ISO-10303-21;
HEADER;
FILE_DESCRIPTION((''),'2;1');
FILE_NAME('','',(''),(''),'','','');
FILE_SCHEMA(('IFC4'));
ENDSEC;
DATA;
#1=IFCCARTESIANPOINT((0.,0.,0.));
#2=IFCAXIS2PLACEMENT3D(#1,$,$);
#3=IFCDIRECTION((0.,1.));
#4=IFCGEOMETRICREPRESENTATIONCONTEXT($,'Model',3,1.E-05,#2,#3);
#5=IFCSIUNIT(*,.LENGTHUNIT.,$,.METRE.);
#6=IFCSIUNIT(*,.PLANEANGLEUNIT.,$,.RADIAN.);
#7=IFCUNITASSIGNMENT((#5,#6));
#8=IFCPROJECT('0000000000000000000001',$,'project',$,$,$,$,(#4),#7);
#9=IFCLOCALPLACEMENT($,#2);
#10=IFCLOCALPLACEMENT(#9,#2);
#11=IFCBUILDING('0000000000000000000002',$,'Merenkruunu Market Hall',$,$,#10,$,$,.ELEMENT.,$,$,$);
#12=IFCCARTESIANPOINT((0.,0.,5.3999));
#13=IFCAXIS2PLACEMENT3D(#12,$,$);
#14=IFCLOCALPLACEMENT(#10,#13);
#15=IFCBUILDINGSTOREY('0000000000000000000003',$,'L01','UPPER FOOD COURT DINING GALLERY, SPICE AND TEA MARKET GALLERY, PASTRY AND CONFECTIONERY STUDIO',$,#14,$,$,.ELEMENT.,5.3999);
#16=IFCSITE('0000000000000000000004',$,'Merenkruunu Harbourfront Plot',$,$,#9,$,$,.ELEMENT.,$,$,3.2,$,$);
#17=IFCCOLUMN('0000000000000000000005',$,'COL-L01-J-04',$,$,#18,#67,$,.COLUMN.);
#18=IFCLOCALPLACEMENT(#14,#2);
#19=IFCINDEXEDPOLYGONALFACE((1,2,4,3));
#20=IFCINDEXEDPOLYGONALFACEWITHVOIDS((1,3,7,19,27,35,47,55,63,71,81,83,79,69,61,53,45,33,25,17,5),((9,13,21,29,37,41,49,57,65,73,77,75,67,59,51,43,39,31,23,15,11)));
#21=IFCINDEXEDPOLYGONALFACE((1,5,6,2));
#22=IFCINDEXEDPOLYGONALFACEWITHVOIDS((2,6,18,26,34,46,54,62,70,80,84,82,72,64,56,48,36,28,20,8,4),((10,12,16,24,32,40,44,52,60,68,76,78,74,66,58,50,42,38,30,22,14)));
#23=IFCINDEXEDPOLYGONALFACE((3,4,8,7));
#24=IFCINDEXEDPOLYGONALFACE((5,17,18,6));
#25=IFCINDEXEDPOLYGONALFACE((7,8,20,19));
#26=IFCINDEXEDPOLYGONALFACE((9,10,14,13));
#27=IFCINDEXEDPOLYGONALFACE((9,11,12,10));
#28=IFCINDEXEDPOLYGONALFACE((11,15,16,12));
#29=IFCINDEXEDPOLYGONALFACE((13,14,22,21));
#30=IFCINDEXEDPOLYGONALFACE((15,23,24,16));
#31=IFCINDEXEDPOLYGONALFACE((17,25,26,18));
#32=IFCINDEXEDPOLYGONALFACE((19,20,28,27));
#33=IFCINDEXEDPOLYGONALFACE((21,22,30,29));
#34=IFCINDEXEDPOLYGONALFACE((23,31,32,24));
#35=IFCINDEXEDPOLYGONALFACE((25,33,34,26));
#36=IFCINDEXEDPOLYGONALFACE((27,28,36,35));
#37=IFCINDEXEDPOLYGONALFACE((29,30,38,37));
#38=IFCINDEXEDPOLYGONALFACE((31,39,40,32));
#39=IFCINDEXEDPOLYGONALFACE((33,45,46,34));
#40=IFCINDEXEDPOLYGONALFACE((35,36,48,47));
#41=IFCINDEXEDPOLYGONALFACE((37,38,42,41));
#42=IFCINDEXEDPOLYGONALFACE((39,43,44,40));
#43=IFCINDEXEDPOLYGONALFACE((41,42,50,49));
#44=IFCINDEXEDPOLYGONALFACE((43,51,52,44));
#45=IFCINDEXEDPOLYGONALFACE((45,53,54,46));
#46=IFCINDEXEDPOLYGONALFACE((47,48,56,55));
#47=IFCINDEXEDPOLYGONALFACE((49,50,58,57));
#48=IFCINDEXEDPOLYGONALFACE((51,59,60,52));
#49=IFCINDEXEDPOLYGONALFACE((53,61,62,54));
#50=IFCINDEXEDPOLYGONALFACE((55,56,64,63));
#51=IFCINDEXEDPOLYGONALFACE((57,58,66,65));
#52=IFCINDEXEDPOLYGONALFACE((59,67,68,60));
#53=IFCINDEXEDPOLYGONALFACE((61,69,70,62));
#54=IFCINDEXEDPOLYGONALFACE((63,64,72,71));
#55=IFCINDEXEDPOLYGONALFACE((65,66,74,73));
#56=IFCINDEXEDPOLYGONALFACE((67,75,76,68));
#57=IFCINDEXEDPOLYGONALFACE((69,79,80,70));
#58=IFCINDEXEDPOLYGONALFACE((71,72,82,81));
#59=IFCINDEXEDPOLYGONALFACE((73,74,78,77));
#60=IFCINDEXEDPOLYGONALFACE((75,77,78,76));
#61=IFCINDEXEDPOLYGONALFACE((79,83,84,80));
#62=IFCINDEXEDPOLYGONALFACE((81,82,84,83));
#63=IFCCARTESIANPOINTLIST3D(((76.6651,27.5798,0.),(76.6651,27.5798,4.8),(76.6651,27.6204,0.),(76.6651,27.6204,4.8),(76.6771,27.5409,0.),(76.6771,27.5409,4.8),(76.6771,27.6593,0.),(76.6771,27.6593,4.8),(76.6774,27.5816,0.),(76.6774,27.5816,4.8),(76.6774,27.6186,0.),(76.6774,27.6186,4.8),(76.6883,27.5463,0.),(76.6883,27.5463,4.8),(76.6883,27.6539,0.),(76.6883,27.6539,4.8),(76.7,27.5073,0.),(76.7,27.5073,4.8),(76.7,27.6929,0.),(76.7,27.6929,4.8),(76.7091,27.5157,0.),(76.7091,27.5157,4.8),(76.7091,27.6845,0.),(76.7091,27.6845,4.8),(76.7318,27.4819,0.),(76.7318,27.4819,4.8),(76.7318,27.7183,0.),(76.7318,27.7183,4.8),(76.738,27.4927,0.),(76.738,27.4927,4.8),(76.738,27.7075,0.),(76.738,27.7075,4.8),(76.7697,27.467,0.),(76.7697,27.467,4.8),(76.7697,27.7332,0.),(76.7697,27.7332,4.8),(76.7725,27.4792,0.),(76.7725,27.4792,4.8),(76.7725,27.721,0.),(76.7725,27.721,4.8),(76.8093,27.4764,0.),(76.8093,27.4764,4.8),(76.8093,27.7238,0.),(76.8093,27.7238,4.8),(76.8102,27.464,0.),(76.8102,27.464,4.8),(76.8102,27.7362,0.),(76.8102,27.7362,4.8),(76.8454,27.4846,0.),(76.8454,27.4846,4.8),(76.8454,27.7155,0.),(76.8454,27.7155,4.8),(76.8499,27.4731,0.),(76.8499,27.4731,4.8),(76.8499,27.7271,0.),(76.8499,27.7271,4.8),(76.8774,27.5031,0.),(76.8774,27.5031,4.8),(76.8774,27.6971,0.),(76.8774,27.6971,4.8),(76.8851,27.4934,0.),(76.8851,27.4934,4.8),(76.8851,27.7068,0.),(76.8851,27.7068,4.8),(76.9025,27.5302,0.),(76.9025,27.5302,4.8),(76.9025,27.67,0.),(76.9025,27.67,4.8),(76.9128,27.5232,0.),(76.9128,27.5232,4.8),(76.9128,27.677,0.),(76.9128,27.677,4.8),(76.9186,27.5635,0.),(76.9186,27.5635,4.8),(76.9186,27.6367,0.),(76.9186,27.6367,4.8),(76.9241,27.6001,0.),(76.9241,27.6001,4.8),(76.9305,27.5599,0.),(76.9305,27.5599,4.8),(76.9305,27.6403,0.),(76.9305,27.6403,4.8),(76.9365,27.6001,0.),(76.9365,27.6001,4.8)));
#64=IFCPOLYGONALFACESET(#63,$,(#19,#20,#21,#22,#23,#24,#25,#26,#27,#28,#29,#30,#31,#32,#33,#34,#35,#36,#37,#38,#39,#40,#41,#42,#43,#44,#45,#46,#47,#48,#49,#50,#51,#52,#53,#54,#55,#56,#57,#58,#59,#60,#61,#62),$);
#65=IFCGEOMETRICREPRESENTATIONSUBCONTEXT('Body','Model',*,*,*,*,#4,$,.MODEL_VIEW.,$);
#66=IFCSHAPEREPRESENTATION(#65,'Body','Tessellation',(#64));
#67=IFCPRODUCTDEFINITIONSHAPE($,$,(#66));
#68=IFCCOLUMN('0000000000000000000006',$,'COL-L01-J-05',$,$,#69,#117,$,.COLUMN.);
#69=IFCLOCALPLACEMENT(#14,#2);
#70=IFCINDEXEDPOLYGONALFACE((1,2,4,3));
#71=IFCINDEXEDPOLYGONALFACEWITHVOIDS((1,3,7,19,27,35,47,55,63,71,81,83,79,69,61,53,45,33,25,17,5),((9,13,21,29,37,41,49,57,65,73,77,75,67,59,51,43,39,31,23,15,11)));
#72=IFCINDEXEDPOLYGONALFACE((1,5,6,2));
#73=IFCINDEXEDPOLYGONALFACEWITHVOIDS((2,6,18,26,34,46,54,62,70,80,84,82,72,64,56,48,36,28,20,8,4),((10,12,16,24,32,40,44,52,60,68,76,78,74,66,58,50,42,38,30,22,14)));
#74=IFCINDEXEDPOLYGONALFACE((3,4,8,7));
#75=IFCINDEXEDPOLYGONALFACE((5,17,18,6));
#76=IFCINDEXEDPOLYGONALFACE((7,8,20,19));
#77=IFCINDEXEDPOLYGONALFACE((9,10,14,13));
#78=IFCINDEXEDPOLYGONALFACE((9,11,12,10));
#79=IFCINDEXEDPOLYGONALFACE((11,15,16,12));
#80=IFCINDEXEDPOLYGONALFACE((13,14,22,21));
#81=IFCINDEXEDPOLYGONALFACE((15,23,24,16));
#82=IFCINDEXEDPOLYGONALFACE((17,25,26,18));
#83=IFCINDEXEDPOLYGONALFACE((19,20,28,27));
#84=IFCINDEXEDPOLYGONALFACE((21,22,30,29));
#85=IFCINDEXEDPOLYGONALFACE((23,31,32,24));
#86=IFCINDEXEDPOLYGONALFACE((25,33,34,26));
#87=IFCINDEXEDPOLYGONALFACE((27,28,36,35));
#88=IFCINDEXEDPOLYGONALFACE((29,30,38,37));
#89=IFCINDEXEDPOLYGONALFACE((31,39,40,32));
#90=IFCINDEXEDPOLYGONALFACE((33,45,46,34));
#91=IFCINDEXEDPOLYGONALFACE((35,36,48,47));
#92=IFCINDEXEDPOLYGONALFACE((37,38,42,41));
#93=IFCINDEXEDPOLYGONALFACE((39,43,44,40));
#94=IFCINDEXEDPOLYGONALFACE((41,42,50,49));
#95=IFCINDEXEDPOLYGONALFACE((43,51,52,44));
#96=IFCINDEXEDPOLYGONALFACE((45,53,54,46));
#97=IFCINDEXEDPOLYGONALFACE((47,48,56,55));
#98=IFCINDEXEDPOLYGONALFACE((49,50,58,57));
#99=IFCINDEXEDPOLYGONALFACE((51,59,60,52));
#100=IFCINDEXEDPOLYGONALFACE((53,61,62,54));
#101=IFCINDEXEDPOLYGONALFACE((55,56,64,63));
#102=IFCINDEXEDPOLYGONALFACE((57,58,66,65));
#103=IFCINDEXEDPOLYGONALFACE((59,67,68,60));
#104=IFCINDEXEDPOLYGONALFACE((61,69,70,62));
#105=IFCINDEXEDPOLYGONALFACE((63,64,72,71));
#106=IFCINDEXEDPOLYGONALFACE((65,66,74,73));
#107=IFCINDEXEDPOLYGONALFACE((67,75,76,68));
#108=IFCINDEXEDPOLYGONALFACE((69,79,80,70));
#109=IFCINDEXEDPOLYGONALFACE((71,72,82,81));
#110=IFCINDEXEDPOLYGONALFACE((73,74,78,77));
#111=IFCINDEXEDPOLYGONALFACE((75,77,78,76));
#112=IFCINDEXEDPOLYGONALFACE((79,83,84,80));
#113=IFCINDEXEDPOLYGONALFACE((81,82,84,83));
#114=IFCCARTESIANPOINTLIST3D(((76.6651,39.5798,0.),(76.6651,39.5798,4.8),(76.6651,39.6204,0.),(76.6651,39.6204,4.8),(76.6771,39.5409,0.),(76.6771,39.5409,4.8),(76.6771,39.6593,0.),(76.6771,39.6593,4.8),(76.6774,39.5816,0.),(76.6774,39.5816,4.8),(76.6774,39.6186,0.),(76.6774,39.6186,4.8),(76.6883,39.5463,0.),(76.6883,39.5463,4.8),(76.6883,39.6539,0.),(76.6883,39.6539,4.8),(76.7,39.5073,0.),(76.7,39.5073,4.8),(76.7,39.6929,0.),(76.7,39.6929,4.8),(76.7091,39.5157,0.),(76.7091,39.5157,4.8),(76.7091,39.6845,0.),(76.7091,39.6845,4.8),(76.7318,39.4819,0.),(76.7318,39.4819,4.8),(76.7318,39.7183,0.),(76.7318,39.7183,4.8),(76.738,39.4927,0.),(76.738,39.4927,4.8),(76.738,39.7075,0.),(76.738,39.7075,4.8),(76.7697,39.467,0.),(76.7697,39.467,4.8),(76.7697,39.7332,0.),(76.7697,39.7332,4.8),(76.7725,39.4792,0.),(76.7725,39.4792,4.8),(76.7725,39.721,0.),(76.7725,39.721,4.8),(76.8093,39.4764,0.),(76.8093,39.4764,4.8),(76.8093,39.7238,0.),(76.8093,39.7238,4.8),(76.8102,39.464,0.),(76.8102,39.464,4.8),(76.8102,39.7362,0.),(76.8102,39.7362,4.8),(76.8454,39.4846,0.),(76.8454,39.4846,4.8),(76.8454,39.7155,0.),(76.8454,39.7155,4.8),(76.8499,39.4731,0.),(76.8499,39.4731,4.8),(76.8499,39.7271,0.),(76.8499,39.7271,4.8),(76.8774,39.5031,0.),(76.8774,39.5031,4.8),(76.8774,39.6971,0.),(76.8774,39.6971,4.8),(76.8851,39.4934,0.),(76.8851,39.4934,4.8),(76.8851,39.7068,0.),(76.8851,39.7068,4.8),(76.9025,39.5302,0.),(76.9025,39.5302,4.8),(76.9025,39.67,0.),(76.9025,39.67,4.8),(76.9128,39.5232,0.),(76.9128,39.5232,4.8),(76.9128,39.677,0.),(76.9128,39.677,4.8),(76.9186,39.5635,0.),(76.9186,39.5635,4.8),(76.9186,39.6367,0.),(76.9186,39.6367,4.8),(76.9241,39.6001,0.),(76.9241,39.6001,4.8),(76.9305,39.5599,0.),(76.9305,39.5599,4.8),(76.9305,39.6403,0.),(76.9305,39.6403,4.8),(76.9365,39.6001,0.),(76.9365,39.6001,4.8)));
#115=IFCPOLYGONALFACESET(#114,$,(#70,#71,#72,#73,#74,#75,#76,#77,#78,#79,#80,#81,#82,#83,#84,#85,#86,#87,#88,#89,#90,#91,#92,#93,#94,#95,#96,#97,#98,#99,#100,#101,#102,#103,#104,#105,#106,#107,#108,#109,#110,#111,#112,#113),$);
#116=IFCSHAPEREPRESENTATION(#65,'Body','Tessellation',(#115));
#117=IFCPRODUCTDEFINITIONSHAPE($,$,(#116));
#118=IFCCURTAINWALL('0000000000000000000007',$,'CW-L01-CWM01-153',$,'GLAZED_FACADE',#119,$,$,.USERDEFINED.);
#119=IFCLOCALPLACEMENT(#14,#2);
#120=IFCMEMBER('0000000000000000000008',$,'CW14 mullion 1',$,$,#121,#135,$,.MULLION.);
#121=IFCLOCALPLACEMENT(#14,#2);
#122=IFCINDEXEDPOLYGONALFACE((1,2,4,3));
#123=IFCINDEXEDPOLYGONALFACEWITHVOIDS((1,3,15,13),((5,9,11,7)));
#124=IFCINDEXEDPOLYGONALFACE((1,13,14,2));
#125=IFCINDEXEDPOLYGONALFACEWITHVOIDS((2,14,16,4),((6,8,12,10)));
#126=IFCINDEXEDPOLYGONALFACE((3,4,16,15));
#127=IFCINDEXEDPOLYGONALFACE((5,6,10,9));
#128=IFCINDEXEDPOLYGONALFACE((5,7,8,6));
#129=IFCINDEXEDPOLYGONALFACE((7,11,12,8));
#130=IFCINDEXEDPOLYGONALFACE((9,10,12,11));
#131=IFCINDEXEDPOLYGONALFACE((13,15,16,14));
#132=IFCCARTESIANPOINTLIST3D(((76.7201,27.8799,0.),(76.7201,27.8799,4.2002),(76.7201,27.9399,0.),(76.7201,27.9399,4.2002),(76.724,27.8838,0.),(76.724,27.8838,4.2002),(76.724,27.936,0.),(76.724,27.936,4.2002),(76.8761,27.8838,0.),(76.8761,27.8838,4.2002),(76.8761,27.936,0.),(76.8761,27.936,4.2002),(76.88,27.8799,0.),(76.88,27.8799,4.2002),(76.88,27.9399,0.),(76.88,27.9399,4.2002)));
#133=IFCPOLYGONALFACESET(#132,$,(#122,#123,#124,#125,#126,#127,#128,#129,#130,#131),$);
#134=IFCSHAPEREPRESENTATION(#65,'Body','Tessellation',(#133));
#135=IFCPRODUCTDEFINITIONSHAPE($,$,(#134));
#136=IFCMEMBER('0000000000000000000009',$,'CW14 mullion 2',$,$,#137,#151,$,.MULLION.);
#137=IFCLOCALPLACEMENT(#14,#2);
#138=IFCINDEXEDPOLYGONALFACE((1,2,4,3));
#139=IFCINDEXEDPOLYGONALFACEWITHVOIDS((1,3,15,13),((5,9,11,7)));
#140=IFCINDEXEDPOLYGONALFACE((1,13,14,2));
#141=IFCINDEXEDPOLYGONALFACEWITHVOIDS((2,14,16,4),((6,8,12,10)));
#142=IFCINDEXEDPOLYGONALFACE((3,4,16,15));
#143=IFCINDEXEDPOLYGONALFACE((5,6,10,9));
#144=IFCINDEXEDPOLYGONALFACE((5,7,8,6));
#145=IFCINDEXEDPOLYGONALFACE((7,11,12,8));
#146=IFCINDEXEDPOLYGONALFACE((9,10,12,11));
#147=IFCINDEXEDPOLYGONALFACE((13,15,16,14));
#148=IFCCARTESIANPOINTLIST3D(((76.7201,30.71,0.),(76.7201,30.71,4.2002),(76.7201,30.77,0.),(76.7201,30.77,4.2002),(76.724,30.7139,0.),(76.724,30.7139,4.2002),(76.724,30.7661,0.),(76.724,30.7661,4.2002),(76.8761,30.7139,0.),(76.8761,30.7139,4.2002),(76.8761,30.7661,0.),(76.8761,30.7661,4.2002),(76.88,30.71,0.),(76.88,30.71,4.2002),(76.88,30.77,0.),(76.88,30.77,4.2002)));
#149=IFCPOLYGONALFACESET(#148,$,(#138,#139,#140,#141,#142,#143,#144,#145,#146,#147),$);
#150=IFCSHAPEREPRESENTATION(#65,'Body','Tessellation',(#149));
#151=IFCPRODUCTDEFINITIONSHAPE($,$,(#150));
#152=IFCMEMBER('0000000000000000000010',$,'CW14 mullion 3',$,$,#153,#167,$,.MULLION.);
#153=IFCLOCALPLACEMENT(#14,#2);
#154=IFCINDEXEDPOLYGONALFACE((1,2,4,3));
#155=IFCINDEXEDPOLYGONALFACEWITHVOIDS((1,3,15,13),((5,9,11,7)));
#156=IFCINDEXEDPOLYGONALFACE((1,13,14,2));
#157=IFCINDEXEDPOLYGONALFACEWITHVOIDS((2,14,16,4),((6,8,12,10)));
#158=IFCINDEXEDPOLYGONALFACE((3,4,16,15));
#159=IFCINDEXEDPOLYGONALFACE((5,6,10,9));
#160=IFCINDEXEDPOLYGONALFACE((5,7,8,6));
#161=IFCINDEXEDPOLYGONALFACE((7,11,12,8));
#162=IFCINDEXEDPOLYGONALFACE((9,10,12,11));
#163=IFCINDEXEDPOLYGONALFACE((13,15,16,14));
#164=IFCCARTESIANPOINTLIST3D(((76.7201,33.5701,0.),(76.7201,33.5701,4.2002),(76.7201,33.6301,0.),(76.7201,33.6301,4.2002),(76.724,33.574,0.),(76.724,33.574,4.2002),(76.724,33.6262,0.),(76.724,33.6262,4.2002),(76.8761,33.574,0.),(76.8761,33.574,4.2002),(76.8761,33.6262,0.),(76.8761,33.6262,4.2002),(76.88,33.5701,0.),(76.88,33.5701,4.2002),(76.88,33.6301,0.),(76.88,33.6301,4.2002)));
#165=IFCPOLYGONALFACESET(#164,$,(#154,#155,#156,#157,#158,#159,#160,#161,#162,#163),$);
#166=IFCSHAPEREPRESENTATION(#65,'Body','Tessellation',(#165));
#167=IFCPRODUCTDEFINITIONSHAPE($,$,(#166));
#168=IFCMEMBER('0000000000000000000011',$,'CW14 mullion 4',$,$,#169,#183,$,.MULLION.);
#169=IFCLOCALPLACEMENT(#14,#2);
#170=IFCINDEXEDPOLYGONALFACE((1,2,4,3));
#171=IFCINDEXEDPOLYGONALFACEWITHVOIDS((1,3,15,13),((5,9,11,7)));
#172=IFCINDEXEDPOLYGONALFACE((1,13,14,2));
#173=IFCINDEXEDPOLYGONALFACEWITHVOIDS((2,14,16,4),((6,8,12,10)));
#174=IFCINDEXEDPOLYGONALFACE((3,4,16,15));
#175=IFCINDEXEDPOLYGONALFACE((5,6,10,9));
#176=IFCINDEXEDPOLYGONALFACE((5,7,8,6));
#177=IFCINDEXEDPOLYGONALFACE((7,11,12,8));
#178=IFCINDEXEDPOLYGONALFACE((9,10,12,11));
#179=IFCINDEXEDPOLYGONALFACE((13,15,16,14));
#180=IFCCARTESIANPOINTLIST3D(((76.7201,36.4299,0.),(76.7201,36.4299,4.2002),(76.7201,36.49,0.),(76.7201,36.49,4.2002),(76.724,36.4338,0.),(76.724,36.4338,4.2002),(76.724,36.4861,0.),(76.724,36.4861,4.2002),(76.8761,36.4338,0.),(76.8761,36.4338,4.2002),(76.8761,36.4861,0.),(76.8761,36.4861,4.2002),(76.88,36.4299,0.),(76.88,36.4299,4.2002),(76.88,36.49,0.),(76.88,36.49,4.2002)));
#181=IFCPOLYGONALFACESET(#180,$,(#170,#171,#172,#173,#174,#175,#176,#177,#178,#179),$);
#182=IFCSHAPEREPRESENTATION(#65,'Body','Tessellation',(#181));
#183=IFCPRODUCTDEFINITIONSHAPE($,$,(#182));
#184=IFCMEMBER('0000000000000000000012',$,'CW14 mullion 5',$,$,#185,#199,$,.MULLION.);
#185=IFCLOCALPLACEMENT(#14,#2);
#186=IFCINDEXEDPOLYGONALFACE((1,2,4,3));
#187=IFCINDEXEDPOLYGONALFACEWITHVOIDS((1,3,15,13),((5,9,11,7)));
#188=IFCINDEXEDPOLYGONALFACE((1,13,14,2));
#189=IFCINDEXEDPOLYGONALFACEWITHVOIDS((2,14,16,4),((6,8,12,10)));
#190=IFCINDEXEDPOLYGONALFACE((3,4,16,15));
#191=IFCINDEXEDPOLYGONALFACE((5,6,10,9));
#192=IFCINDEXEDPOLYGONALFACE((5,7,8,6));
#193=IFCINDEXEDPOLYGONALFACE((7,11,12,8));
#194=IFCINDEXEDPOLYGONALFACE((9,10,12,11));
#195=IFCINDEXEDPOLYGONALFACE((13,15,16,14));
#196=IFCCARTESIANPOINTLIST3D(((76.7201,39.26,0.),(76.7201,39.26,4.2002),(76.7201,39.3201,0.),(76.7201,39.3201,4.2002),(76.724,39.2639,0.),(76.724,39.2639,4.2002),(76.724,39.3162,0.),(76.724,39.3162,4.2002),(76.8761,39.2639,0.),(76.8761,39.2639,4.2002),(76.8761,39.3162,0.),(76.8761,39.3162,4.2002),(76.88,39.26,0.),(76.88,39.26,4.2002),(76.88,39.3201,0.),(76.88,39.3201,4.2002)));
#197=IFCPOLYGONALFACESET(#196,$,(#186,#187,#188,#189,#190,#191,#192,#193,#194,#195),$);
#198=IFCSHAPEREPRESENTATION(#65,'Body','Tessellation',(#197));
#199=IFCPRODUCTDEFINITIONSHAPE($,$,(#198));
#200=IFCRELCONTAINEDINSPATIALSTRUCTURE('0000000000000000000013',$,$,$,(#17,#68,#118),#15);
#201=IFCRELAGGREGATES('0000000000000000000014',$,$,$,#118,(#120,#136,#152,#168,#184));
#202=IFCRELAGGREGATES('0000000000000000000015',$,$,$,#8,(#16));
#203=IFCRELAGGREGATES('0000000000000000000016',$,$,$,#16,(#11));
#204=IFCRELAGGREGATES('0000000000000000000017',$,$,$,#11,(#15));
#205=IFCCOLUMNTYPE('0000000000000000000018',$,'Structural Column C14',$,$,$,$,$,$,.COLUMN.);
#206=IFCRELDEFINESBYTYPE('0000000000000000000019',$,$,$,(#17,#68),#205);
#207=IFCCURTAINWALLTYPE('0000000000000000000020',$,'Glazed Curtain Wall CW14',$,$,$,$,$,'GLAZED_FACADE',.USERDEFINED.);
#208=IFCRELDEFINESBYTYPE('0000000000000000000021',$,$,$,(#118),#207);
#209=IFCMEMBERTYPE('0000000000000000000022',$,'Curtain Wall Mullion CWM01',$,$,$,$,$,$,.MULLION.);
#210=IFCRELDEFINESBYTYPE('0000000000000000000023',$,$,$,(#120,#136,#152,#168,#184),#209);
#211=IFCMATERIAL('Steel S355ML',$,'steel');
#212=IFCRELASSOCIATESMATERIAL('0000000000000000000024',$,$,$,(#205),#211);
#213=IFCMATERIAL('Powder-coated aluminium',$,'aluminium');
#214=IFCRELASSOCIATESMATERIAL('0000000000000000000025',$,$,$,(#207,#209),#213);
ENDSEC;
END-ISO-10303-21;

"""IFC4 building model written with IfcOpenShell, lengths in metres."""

from ifc_helpers import new_model, si_unit, direction, frame, origin, origin_2d, place, context, subcontext, project, spatial, hollow_rectangle, hollow_circle, extrude, material, material_profile, profile_set, type_object, element, aggregate, save


model = new_model("IFC4")

# Units and contexts
model_context = context("Model", 3, precision=1e-05, world=origin(), true_north=direction((0.0, 1.0)))
body_context = subcontext(model_context, "Body", "Model", "MODEL_VIEW")
ifc_project = project(units=[si_unit("LENGTHUNIT", "METRE"), si_unit("PLANEANGLEUNIT", "RADIAN")], contexts=[model_context])

# Site, building, storey
site_placement = place(None, origin())
site = spatial("IfcSite", under=ifc_project, at=site_placement, Name="Merenkruunu Harbourfront Plot", CompositionType="ELEMENT", RefElevation=3.2)
building_placement = place(site_placement, origin())
building = spatial("IfcBuilding", under=site, at=building_placement, Name="Merenkruunu Market Hall", CompositionType="ELEMENT")
storey_placement = place(building_placement, frame((0.0, 0.0, 5.3999)))
storey = spatial("IfcBuildingStorey", under=building, at=storey_placement, Name="L01", Description="UPPER FOOD COURT DINING GALLERY, SPICE AND TEA MARKET GALLERY, PASTRY AND CONFECTIONERY STUDIO", CompositionType="ELEMENT", Elevation=5.3999)

# Columns
ifc_material_1 = material(Name="Steel S355ML", Category="steel")
ifc_material_profile_1 = material_profile(ifc_material_1, hollow_circle(Radius=0.1365, WallThickness=0.0125, at=origin_2d()), Name="CHS 273x12.5")
ifc_profile_set_1 = profile_set([ifc_material_profile_1], Name="Steel S355ML")
column_type = type_object("IfcColumnType", Name="Structural Column C14", PredefinedType="COLUMN", material=ifc_profile_set_1)
for number, where, z_axis, x_axis, name in (
    (1, (76.8, 27.6001, 0.0), (0.0, 0.0, 1.0), (1.0, 0.0, 0.0), "COL-L01-J-04"),
    (2, (76.8, 39.6001, 0.0), (0.0, 0.0, 1.0), (1.0, 0.0, 0.0), "COL-L01-J-05"),
):
    element("IfcColumn", number, at=place(storey_placement, frame(where, z_axis=z_axis, x_axis=x_axis)), inside=storey, type_object=column_type, Name=name, PredefinedType="COLUMN", context=body_context, shape_type="SweptSolid", body=[
        extrude(hollow_circle(Radius=0.1365, WallThickness=0.0125, at=origin_2d()), origin(), (0.0, 0.0, 1.0), 4.8),
    ])

# Curtain wall, members
ifc_material_2 = material(Name="Powder-coated aluminium", Category="aluminium")
curtain_wall_type = type_object("IfcCurtainWallType", Name="Glazed Curtain Wall CW14", ElementType="GLAZED_FACADE", PredefinedType="USERDEFINED", material=ifc_material_2)
curtain_wall_placement = place(storey_placement, origin())
curtain_wall = element("IfcCurtainWall", 3, at=curtain_wall_placement, inside=storey, type_object=curtain_wall_type, Name="CW-L01-CWM01-153", ObjectType="GLAZED_FACADE", PredefinedType="USERDEFINED")
ifc_material_profile_2 = material_profile(ifc_material_2, hollow_rectangle(XDim=0.0601, YDim=0.1599, WallThickness=0.0039, at=origin_2d()), Name="ALU 60x160x4")
ifc_profile_set_2 = profile_set([ifc_material_profile_2], Name="Powder-coated aluminium")
member_type_1 = type_object("IfcMemberType", Name="Curtain Wall Mullion CWM01", PredefinedType="MULLION", material=ifc_profile_set_2)
member_1_placement = place(storey_placement, frame((76.8, 27.9099, 0.0), z_axis=(0.0, 0.0, 1.0), x_axis=(0.0, 1.0, 0.0)))
member_1 = element("IfcMember", 4, at=member_1_placement, type_object=member_type_1, Name="CW14 mullion 1", PredefinedType="MULLION", context=body_context, shape_type="SweptSolid", body=[
    extrude(hollow_rectangle(XDim=0.0601, YDim=0.1599, WallThickness=0.0039, at=origin_2d()), origin(), (0.0, 0.0, 1.0), 4.2002),
])
member_2_placement = place(storey_placement, frame((76.8, 30.74, 0.0), z_axis=(0.0, 0.0, 1.0), x_axis=(0.0, 1.0, 0.0)))
member_2 = element("IfcMember", 5, at=member_2_placement, type_object=member_type_1, Name="CW14 mullion 2", PredefinedType="MULLION", context=body_context, shape_type="SweptSolid", body=[
    extrude(hollow_rectangle(XDim=0.0601, YDim=0.1599, WallThickness=0.0039, at=origin_2d()), origin(), (0.0, 0.0, 1.0), 4.2002),
])
member_3_placement = place(storey_placement, frame((76.8, 33.6001, 0.0), z_axis=(0.0, 0.0, 1.0), x_axis=(0.0, 1.0, 0.0)))
member_3 = element("IfcMember", 6, at=member_3_placement, type_object=member_type_1, Name="CW14 mullion 3", PredefinedType="MULLION", context=body_context, shape_type="SweptSolid", body=[
    extrude(hollow_rectangle(XDim=0.0601, YDim=0.1599, WallThickness=0.0039, at=origin_2d()), origin(), (0.0, 0.0, 1.0), 4.2002),
])
member_4_placement = place(storey_placement, frame((76.8, 36.46, 0.0), z_axis=(0.0, 0.0, 1.0), x_axis=(0.0, 1.0, 0.0)))
member_4 = element("IfcMember", 7, at=member_4_placement, type_object=member_type_1, Name="CW14 mullion 4", PredefinedType="MULLION", context=body_context, shape_type="SweptSolid", body=[
    extrude(hollow_rectangle(XDim=0.0601, YDim=0.1599, WallThickness=0.0039, at=origin_2d()), origin(), (0.0, 0.0, 1.0), 4.2002),
])
member_5_placement = place(storey_placement, frame((76.8, 39.29, 0.0), z_axis=(0.0, 0.0, 1.0), x_axis=(0.0, 1.0, 0.0)))
member_5 = element("IfcMember", 8, at=member_5_placement, type_object=member_type_1, Name="CW14 mullion 5", PredefinedType="MULLION", context=body_context, shape_type="SweptSolid", body=[
    extrude(hollow_rectangle(XDim=0.0601, YDim=0.1599, WallThickness=0.0039, at=origin_2d()), origin(), (0.0, 0.0, 1.0), 4.2002),
])

aggregate(curtain_wall, [member_1, member_2, member_3, member_4, member_5])

save(model, "model.ifc")
